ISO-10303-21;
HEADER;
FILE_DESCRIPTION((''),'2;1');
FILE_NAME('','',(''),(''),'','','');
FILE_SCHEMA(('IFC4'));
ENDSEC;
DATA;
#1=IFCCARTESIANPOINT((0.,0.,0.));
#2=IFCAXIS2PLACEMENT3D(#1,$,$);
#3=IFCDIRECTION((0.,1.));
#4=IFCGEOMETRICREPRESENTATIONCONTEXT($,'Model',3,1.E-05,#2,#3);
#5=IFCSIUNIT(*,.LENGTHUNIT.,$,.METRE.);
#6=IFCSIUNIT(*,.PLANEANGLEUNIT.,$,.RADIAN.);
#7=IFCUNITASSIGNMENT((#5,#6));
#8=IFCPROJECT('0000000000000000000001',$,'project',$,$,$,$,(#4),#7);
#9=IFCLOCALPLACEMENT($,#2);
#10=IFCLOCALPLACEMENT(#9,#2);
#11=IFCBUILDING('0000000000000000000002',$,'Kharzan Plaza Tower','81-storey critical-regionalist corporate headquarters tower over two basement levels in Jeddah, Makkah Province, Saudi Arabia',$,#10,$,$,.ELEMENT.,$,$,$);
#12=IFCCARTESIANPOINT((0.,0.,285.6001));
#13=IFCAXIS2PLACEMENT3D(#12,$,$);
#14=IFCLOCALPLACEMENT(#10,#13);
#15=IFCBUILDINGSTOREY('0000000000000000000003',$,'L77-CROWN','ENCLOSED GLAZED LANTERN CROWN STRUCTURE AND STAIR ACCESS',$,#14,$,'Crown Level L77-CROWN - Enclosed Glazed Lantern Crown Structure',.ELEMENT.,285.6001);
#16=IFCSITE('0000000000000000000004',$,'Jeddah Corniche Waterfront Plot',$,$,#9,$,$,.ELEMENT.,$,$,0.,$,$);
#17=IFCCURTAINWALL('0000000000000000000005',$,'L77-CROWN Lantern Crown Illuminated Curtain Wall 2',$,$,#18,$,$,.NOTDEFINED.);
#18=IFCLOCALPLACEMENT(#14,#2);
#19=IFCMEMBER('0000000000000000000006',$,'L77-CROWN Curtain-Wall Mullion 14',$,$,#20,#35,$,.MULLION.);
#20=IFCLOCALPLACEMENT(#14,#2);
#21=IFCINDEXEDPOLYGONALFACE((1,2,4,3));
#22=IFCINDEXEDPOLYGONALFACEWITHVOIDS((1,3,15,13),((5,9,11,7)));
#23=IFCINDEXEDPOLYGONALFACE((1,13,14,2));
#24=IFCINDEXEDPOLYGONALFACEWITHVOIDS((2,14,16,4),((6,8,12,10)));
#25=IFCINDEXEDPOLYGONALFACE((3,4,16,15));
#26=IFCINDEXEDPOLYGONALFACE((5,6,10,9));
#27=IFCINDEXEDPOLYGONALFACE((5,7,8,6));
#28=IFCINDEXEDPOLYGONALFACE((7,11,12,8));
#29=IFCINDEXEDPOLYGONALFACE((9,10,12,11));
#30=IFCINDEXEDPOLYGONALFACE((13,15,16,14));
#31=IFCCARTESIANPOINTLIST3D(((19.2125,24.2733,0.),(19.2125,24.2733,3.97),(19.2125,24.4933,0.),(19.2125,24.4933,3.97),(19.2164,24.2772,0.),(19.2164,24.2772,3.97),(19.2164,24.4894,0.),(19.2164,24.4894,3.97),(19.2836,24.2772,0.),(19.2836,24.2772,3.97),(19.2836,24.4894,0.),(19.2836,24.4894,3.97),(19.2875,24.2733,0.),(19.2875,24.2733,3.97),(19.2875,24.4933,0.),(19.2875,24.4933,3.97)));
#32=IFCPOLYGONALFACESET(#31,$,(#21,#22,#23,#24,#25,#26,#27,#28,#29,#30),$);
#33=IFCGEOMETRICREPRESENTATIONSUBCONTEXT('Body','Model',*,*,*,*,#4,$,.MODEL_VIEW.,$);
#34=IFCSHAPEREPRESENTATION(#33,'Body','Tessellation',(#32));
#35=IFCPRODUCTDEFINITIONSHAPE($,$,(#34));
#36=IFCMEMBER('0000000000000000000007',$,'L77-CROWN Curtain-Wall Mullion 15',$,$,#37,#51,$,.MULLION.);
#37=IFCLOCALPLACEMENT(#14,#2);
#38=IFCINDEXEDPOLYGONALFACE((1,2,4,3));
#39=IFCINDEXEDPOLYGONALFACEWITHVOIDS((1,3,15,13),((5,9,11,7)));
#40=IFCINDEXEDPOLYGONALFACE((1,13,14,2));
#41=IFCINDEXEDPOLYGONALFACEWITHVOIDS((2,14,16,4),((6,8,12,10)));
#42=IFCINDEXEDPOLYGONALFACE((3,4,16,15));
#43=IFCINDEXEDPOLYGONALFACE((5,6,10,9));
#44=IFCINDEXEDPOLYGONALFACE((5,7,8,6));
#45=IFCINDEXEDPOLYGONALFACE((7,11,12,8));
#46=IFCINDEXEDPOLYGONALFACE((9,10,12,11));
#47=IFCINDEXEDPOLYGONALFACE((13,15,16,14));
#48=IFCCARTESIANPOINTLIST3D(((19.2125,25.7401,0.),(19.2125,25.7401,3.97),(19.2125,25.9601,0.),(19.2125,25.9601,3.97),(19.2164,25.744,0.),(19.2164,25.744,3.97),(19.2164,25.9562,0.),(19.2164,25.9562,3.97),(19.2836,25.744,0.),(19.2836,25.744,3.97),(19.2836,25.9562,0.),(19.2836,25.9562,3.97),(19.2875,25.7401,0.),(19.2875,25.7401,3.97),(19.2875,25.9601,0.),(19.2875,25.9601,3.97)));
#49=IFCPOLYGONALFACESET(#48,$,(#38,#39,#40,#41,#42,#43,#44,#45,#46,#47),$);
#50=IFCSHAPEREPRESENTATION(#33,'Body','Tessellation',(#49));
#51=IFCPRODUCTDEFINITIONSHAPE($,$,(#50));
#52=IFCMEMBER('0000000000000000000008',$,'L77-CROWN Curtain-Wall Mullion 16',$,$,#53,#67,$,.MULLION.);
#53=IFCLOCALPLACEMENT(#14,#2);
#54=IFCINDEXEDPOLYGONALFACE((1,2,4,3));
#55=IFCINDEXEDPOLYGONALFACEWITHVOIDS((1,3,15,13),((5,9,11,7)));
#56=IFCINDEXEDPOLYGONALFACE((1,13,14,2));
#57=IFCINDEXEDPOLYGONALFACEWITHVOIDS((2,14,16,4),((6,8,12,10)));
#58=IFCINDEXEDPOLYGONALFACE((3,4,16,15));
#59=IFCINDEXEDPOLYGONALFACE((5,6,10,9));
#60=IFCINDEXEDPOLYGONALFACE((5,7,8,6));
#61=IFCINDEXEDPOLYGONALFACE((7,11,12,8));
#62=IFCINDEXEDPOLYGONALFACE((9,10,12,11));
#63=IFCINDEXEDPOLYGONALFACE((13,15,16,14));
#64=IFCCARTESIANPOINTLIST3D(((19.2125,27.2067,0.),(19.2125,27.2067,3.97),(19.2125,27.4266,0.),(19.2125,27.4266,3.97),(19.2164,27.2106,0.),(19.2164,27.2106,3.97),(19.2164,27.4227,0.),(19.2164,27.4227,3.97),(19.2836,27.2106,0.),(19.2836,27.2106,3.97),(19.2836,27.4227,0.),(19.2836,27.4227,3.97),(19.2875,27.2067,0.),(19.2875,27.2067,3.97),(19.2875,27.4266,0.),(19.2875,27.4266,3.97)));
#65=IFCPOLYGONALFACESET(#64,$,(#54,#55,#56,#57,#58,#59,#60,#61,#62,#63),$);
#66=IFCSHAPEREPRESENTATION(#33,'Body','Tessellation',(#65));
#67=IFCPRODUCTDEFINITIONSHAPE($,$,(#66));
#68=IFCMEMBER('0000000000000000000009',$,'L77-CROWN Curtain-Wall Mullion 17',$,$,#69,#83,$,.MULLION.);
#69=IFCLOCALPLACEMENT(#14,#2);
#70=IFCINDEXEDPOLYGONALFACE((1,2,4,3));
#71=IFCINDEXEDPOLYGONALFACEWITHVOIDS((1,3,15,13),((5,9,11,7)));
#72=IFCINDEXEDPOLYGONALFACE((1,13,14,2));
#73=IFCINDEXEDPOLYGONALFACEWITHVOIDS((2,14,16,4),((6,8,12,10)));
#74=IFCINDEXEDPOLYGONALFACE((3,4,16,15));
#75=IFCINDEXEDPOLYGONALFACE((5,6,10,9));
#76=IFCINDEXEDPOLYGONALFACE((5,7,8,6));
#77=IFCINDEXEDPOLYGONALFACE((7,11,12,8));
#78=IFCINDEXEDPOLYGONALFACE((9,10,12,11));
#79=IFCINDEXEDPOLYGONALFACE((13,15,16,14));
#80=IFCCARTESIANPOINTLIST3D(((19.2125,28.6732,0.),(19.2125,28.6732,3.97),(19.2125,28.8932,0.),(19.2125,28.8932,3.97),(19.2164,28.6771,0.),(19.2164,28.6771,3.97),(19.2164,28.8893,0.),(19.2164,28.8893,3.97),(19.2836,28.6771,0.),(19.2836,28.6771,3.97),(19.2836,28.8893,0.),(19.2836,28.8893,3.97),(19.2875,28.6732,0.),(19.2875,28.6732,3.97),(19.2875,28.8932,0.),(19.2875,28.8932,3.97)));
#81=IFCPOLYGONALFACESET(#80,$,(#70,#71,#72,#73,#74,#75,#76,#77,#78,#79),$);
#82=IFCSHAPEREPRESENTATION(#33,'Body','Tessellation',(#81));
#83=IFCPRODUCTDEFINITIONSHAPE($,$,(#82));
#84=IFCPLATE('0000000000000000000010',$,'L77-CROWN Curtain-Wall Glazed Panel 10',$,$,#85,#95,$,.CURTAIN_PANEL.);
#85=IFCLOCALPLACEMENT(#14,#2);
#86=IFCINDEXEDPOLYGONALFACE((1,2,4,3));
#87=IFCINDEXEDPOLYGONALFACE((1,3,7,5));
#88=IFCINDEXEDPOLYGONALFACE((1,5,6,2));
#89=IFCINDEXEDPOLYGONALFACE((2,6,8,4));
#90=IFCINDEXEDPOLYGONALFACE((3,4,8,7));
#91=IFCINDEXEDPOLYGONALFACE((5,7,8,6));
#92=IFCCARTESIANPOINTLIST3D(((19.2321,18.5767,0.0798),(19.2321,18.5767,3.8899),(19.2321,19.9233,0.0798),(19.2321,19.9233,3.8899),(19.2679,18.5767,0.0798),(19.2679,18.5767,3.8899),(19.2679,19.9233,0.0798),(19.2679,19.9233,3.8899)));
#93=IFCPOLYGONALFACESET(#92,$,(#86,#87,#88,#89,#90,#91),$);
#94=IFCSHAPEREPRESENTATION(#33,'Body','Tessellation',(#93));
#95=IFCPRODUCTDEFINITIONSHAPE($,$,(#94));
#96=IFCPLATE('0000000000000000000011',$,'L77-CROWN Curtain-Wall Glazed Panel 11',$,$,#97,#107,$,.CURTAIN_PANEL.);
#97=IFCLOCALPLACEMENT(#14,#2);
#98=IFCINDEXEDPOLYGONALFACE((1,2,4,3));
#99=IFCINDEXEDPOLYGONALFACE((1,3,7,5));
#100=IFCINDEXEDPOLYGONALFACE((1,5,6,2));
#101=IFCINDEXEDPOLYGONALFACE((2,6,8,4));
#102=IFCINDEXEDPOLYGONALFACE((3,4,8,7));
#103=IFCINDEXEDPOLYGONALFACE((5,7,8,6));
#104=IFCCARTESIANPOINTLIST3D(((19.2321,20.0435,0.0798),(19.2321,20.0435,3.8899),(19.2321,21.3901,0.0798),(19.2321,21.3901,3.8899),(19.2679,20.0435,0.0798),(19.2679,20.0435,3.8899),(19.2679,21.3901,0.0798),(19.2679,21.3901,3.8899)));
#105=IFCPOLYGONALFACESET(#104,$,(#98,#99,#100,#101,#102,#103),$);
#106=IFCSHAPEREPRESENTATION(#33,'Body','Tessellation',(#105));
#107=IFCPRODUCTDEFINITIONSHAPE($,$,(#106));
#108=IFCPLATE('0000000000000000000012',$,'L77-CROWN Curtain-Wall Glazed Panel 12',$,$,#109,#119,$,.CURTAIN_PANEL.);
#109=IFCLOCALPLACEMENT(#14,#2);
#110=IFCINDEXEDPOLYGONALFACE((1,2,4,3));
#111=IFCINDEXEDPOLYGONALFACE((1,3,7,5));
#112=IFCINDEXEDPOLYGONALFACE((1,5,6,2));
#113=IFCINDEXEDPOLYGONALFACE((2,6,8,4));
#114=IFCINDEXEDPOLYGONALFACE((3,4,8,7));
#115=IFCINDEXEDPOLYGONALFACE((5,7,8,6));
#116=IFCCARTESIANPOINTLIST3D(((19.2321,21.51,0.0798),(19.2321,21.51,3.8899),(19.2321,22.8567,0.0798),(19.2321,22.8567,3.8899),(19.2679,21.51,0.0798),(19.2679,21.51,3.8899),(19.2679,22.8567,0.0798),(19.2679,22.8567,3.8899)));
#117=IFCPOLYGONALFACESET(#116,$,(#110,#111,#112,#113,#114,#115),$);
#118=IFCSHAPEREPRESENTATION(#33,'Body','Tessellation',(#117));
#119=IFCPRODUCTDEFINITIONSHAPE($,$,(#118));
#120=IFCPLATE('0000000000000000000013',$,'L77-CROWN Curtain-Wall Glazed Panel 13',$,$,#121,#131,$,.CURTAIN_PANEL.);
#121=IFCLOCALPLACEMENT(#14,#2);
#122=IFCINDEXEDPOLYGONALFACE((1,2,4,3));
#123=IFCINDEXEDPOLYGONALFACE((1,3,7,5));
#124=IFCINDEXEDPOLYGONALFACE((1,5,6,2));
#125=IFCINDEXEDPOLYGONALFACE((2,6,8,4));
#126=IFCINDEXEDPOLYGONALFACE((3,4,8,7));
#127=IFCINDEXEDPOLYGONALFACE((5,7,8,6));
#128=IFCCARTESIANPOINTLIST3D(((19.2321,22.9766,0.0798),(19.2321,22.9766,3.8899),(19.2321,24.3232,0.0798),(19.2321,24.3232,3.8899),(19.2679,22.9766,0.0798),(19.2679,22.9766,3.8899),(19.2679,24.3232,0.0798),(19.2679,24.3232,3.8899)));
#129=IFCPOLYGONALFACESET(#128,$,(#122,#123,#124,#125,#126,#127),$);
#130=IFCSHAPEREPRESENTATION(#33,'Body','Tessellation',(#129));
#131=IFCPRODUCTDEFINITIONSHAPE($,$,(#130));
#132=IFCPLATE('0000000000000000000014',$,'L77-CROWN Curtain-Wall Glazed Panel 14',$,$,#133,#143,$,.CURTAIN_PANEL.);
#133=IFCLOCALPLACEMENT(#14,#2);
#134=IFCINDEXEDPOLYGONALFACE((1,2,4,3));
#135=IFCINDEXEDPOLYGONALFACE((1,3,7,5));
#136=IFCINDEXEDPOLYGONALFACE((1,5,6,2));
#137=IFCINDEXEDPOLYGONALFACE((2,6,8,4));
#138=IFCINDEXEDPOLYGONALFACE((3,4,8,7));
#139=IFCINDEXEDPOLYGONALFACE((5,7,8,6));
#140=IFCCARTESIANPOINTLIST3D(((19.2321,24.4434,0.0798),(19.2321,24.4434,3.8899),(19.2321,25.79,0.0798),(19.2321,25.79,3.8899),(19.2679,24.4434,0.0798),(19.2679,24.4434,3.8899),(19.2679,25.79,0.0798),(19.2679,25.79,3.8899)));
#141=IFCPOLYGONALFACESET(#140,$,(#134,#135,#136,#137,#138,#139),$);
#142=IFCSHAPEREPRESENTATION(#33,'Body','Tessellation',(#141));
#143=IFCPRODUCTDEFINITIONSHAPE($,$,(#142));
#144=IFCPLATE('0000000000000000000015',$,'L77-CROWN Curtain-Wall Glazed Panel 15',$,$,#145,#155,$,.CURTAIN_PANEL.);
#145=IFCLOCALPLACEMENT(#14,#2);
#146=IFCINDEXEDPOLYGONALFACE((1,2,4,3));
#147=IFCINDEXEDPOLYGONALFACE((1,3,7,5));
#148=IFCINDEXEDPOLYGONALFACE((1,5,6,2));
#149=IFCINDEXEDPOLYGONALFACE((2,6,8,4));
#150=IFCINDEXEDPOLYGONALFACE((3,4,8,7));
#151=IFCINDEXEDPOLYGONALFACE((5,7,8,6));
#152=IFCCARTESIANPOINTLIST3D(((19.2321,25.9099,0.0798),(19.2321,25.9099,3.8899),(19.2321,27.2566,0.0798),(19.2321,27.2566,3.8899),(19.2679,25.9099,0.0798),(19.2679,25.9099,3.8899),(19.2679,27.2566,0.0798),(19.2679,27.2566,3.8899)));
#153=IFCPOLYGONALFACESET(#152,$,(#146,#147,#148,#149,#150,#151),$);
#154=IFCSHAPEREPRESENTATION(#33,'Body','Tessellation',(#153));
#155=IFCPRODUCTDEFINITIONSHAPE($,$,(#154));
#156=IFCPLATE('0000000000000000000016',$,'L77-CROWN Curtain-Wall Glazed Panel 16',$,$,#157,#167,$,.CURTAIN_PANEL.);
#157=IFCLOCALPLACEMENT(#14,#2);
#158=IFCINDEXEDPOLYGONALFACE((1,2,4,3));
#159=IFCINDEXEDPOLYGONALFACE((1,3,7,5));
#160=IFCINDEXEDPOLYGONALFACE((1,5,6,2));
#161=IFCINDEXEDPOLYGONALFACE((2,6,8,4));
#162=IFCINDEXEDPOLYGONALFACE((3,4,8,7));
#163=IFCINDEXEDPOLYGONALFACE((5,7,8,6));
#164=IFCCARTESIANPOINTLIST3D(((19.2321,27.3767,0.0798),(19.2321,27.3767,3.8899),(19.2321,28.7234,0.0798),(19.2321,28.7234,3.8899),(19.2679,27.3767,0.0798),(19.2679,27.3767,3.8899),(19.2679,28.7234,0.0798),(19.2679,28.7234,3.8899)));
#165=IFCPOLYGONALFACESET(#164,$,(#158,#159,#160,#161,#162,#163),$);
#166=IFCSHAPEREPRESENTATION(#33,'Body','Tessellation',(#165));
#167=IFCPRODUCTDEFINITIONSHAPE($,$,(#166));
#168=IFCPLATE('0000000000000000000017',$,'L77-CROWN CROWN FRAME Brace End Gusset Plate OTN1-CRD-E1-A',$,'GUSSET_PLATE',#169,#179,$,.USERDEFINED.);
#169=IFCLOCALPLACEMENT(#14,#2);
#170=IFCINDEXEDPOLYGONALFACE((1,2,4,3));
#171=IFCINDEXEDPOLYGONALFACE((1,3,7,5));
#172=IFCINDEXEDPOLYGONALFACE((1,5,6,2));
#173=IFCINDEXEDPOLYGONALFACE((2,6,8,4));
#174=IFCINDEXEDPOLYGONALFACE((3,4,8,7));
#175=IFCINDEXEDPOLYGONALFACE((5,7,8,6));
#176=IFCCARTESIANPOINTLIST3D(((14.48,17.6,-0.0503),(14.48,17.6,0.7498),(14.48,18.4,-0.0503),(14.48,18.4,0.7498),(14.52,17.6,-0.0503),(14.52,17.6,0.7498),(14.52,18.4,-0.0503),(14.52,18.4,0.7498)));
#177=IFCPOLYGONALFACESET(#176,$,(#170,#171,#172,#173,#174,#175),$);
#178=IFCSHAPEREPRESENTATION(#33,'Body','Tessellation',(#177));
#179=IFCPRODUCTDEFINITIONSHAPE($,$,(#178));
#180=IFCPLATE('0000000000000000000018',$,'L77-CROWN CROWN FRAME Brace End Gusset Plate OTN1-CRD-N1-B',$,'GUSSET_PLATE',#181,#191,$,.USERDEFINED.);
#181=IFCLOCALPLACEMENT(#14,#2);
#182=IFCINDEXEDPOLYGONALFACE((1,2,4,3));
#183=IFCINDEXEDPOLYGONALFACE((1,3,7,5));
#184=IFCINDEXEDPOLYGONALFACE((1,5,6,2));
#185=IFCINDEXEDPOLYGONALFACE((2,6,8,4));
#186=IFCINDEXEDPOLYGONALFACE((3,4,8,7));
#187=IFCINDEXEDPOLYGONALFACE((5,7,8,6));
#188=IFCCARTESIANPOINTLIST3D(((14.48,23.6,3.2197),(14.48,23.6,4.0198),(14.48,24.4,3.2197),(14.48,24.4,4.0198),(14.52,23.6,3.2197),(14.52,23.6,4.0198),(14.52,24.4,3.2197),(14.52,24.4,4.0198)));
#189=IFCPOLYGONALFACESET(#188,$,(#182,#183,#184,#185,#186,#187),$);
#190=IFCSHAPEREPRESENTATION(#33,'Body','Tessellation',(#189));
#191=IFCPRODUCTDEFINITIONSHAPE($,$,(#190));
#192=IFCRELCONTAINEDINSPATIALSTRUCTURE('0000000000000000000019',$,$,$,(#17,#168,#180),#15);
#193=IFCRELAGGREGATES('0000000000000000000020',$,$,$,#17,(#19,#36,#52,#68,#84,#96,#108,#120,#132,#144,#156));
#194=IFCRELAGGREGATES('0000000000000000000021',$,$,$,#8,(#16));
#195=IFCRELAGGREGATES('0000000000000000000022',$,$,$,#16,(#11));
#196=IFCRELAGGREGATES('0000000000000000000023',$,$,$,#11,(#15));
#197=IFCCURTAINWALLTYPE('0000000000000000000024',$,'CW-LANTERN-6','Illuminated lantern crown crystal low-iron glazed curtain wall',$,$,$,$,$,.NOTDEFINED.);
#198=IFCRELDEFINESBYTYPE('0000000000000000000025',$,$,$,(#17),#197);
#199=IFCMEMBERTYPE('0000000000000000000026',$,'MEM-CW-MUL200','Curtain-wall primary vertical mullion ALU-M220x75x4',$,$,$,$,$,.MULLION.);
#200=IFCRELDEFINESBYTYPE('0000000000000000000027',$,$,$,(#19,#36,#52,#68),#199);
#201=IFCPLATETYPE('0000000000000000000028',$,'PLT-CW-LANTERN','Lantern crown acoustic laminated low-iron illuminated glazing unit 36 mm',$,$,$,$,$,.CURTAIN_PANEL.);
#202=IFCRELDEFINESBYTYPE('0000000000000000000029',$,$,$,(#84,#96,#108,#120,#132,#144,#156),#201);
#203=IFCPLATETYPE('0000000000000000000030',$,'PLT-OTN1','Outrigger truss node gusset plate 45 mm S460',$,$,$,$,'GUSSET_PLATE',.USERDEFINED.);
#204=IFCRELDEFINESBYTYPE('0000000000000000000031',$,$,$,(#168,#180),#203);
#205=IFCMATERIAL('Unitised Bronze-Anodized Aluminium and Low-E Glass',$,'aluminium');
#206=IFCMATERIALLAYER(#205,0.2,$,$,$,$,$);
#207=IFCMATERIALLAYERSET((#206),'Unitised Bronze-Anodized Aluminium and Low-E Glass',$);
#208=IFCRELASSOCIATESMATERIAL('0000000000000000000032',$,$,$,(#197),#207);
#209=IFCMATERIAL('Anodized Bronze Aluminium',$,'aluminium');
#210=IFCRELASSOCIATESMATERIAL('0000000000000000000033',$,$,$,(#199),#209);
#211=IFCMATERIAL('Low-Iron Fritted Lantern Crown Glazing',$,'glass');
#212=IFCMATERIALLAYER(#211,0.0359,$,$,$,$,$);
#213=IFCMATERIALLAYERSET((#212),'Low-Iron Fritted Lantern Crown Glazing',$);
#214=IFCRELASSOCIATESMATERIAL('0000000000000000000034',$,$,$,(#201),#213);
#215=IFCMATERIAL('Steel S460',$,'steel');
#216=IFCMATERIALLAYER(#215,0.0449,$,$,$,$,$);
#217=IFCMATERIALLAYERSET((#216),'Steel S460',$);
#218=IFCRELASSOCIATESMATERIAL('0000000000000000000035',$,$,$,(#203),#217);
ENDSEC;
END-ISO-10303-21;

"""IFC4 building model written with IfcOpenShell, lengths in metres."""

from ifc_helpers import new_model, si_unit, direction, frame, origin, origin_2d, place, context, subcontext, project, spatial, rectangle, hollow_rectangle, extrude, source, transform, mapped, material, layer, layer_set, material_profile, profile_set, type_object, element, aggregate, save


model = new_model("IFC4")

# Units and contexts
model_context = context("Model", 3, precision=1e-05, world=origin(), true_north=direction((0.0, 1.0)))
body_context = subcontext(model_context, "Body", "Model", "MODEL_VIEW")
ifc_project = project(units=[si_unit("LENGTHUNIT", "METRE"), si_unit("PLANEANGLEUNIT", "RADIAN")], contexts=[model_context])

# Site, building, storey
site_placement = place(None, origin())
site = spatial("IfcSite", under=ifc_project, at=site_placement, Name="Jeddah Corniche Waterfront Plot", CompositionType="ELEMENT", RefElevation=0.0)
building_placement = place(site_placement, origin())
building = spatial("IfcBuilding", under=site, at=building_placement, Name="Kharzan Plaza Tower", Description="81-storey critical-regionalist corporate headquarters tower over two basement levels in Jeddah, Makkah Province, Saudi Arabia", CompositionType="ELEMENT")
storey_placement = place(building_placement, frame((0.0, 0.0, 285.6001)))
storey = spatial("IfcBuildingStorey", under=building, at=storey_placement, Name="L77-CROWN", Description="ENCLOSED GLAZED LANTERN CROWN STRUCTURE AND STAIR ACCESS", LongName="Crown Level L77-CROWN - Enclosed Glazed Lantern Crown Structure", CompositionType="ELEMENT", Elevation=285.6001)

# Curtain wall, members, plates
ifc_material_1 = material(Name="Unitised Bronze-Anodized Aluminium and Low-E Glass", Category="aluminium")
ifc_layer_1 = layer(ifc_material_1, 0.2)
ifc_layer_set_1 = layer_set([ifc_layer_1], Name="Unitised Bronze-Anodized Aluminium and Low-E Glass")
curtain_wall_type = type_object("IfcCurtainWallType", Name="CW-LANTERN-6", Description="Illuminated lantern crown crystal low-iron glazed curtain wall", PredefinedType="NOTDEFINED", material=ifc_layer_set_1)
curtain_wall_placement = place(storey_placement, origin())
curtain_wall = element("IfcCurtainWall", 1, at=curtain_wall_placement, inside=storey, type_object=curtain_wall_type, Name="L77-CROWN Lantern Crown Illuminated Curtain Wall 2", PredefinedType="NOTDEFINED")
ifc_material_2 = material(Name="Anodized Bronze Aluminium", Category="aluminium")
ifc_material_profile_1 = material_profile(ifc_material_2, hollow_rectangle(XDim=0.075, YDim=0.22, WallThickness=0.0039, at=origin_2d()), Name="ALU-M220x75x4")
ifc_profile_set_1 = profile_set([ifc_material_profile_1], Name="Anodized Bronze Aluminium")
member_type_1 = type_object("IfcMemberType", Name="MEM-CW-MUL200", Description="Curtain-wall primary vertical mullion ALU-M220x75x4", PredefinedType="MULLION", material=ifc_profile_set_1)
shared_shape_1 = source(origin(), body_context, "Body", "SweptSolid", [
    extrude(hollow_rectangle(XDim=0.075, YDim=0.22, WallThickness=0.0039, at=origin_2d()), origin(), (0.0, 0.0, 1.0), 3.97),
])
member_1_placement = place(storey_placement, frame((19.25, 24.3833, 0.0), z_axis=(0.0, 0.0, 1.0), x_axis=(1.0, 0.0, 0.0)))
member_1 = element("IfcMember", 2, at=member_1_placement, type_object=member_type_1, Name="L77-CROWN Curtain-Wall Mullion 14", PredefinedType="MULLION", context=body_context, shape_type="MappedRepresentation", body=[
    mapped(shared_shape_1, transform((0.0, 0.0, 0.0), x_axis=(1.0, 0.0, 0.0), y_axis=(0.0, 1.0, 0.0), z_axis=(0.0, 0.0, 1.0))),
])
member_2_placement = place(storey_placement, frame((19.25, 25.8501, 0.0), z_axis=(0.0, 0.0, 1.0), x_axis=(1.0, 0.0, 0.0)))
member_2 = element("IfcMember", 3, at=member_2_placement, type_object=member_type_1, Name="L77-CROWN Curtain-Wall Mullion 15", PredefinedType="MULLION", context=body_context, shape_type="MappedRepresentation", body=[
    mapped(shared_shape_1, transform((0.0, 0.0, 0.0), x_axis=(1.0, 0.0, 0.0), y_axis=(0.0, 1.0, 0.0), z_axis=(0.0, 0.0, 1.0))),
])
member_3_placement = place(storey_placement, frame((19.25, 27.3167, 0.0), z_axis=(0.0, 0.0, 1.0), x_axis=(1.0, 0.0, 0.0)))
member_3 = element("IfcMember", 4, at=member_3_placement, type_object=member_type_1, Name="L77-CROWN Curtain-Wall Mullion 16", PredefinedType="MULLION", context=body_context, shape_type="MappedRepresentation", body=[
    mapped(shared_shape_1, transform((0.0, 0.0, 0.0), x_axis=(1.0, 0.0, 0.0), y_axis=(0.0, 1.0, 0.0), z_axis=(0.0, 0.0, 1.0))),
])
member_4_placement = place(storey_placement, frame((19.25, 28.7832, 0.0), z_axis=(0.0, 0.0, 1.0), x_axis=(1.0, 0.0, 0.0)))
member_4 = element("IfcMember", 5, at=member_4_placement, type_object=member_type_1, Name="L77-CROWN Curtain-Wall Mullion 17", PredefinedType="MULLION", context=body_context, shape_type="MappedRepresentation", body=[
    mapped(shared_shape_1, transform((0.0, 0.0, 0.0), x_axis=(1.0, 0.0, 0.0), y_axis=(0.0, 1.0, 0.0), z_axis=(0.0, 0.0, 1.0))),
])
ifc_material_3 = material(Name="Low-Iron Fritted Lantern Crown Glazing", Category="glass")
ifc_layer_2 = layer(ifc_material_3, 0.0359)
ifc_layer_set_2 = layer_set([ifc_layer_2], Name="Low-Iron Fritted Lantern Crown Glazing")
plate_type_1 = type_object("IfcPlateType", Name="PLT-CW-LANTERN", Description="Lantern crown acoustic laminated low-iron illuminated glazing unit 36 mm", PredefinedType="CURTAIN_PANEL", material=ifc_layer_set_2)
shared_shape_2 = source(origin(), body_context, "Body", "SweptSolid", [
    extrude(rectangle(XDim=1.3467, YDim=0.0359, at=origin_2d()), origin(), (0.0, 0.0, 1.0), 3.8101),
])
plate_1_placement = place(storey_placement, frame((19.25, 19.25, 0.0798), z_axis=(0.0, 0.0, 1.0), x_axis=(0.0, 1.0, 0.0)))
plate_1 = element("IfcPlate", 6, at=plate_1_placement, type_object=plate_type_1, Name="L77-CROWN Curtain-Wall Glazed Panel 10", PredefinedType="CURTAIN_PANEL", context=body_context, shape_type="MappedRepresentation", body=[
    mapped(shared_shape_2, transform((0.0, 0.0, 0.0), x_axis=(1.0, 0.0, 0.0), y_axis=(0.0, 1.0, 0.0), z_axis=(0.0, 0.0, 1.0))),
])
plate_2_placement = place(storey_placement, frame((19.25, 20.7168, 0.0798), z_axis=(0.0, 0.0, 1.0), x_axis=(0.0, 1.0, 0.0)))
plate_2 = element("IfcPlate", 7, at=plate_2_placement, type_object=plate_type_1, Name="L77-CROWN Curtain-Wall Glazed Panel 11", PredefinedType="CURTAIN_PANEL", context=body_context, shape_type="MappedRepresentation", body=[
    mapped(shared_shape_2, transform((0.0, 0.0, 0.0), x_axis=(1.0, 0.0, 0.0), y_axis=(0.0, 1.0, 0.0), z_axis=(0.0, 0.0, 1.0))),
])
plate_3_placement = place(storey_placement, frame((19.25, 22.1833, 0.0798), z_axis=(0.0, 0.0, 1.0), x_axis=(0.0, 1.0, 0.0)))
plate_3 = element("IfcPlate", 8, at=plate_3_placement, type_object=plate_type_1, Name="L77-CROWN Curtain-Wall Glazed Panel 12", PredefinedType="CURTAIN_PANEL", context=body_context, shape_type="MappedRepresentation", body=[
    mapped(shared_shape_2, transform((0.0, 0.0, 0.0), x_axis=(1.0, 0.0, 0.0), y_axis=(0.0, 1.0, 0.0), z_axis=(0.0, 0.0, 1.0))),
])
plate_4_placement = place(storey_placement, frame((19.25, 23.6499, 0.0798), z_axis=(0.0, 0.0, 1.0), x_axis=(0.0, 1.0, 0.0)))
plate_4 = element("IfcPlate", 9, at=plate_4_placement, type_object=plate_type_1, Name="L77-CROWN Curtain-Wall Glazed Panel 13", PredefinedType="CURTAIN_PANEL", context=body_context, shape_type="MappedRepresentation", body=[
    mapped(shared_shape_2, transform((0.0, 0.0, 0.0), x_axis=(1.0, 0.0, 0.0), y_axis=(0.0, 1.0, 0.0), z_axis=(0.0, 0.0, 1.0))),
])
plate_5_placement = place(storey_placement, frame((19.25, 25.1167, 0.0798), z_axis=(0.0, 0.0, 1.0), x_axis=(0.0, 1.0, 0.0)))
plate_5 = element("IfcPlate", 10, at=plate_5_placement, type_object=plate_type_1, Name="L77-CROWN Curtain-Wall Glazed Panel 14", PredefinedType="CURTAIN_PANEL", context=body_context, shape_type="MappedRepresentation", body=[
    mapped(shared_shape_2, transform((0.0, 0.0, 0.0), x_axis=(1.0, 0.0, 0.0), y_axis=(0.0, 1.0, 0.0), z_axis=(0.0, 0.0, 1.0))),
])
plate_6_placement = place(storey_placement, frame((19.25, 26.5833, 0.0798), z_axis=(0.0, 0.0, 1.0), x_axis=(0.0, 1.0, 0.0)))
plate_6 = element("IfcPlate", 11, at=plate_6_placement, type_object=plate_type_1, Name="L77-CROWN Curtain-Wall Glazed Panel 15", PredefinedType="CURTAIN_PANEL", context=body_context, shape_type="MappedRepresentation", body=[
    mapped(shared_shape_2, transform((0.0, 0.0, 0.0), x_axis=(1.0, 0.0, 0.0), y_axis=(0.0, 1.0, 0.0), z_axis=(0.0, 0.0, 1.0))),
])
plate_7_placement = place(storey_placement, frame((19.25, 28.05, 0.0798), z_axis=(0.0, 0.0, 1.0), x_axis=(0.0, 1.0, 0.0)))
plate_7 = element("IfcPlate", 12, at=plate_7_placement, type_object=plate_type_1, Name="L77-CROWN Curtain-Wall Glazed Panel 16", PredefinedType="CURTAIN_PANEL", context=body_context, shape_type="MappedRepresentation", body=[
    mapped(shared_shape_2, transform((0.0, 0.0, 0.0), x_axis=(1.0, 0.0, 0.0), y_axis=(0.0, 1.0, 0.0), z_axis=(0.0, 0.0, 1.0))),
])
aggregate(curtain_wall, [member_1, member_2, member_3, member_4, plate_1, plate_2, plate_3, plate_4, plate_5, plate_6, plate_7])

# Plates
ifc_material_4 = material(Name="Steel S460", Category="steel")
ifc_layer_3 = layer(ifc_material_4, 0.0449)
ifc_layer_set_3 = layer_set([ifc_layer_3], Name="Steel S460")
plate_type_2 = type_object("IfcPlateType", Name="PLT-OTN1", Description="Outrigger truss node gusset plate 45 mm S460", ElementType="GUSSET_PLATE", PredefinedType="USERDEFINED", material=ifc_layer_set_3)
shared_shape_3 = source(origin(), body_context, "Body", "SweptSolid", [
    extrude(rectangle(XDim=0.8, YDim=0.04, at=origin_2d()), origin(), (0.0, 0.0, 1.0), 0.8),
])
for number, where, z_axis, x_axis, name in (
    (13, (14.5, 18.0, -0.0503), (0.0, 0.0, 1.0), (0.0, 1.0, 0.0), "L77-CROWN CROWN FRAME Brace End Gusset Plate OTN1-CRD-E1-A"),
    (14, (14.5, 24.0, 3.2197), (0.0, 0.0, 1.0), (0.0, -1.0, 0.0), "L77-CROWN CROWN FRAME Brace End Gusset Plate OTN1-CRD-N1-B"),
):
    element("IfcPlate", number, at=place(storey_placement, frame(where, z_axis=z_axis, x_axis=x_axis)), inside=storey, type_object=plate_type_2, Name=name, ObjectType="GUSSET_PLATE", PredefinedType="USERDEFINED", context=body_context, shape_type="MappedRepresentation", body=[
        mapped(shared_shape_3, transform((0.0, 0.0, 0.0), x_axis=(1.0, 0.0, 0.0), y_axis=(0.0, 1.0, 0.0), z_axis=(0.0, 0.0, 1.0))),
    ])

save(model, "model.ifc")
